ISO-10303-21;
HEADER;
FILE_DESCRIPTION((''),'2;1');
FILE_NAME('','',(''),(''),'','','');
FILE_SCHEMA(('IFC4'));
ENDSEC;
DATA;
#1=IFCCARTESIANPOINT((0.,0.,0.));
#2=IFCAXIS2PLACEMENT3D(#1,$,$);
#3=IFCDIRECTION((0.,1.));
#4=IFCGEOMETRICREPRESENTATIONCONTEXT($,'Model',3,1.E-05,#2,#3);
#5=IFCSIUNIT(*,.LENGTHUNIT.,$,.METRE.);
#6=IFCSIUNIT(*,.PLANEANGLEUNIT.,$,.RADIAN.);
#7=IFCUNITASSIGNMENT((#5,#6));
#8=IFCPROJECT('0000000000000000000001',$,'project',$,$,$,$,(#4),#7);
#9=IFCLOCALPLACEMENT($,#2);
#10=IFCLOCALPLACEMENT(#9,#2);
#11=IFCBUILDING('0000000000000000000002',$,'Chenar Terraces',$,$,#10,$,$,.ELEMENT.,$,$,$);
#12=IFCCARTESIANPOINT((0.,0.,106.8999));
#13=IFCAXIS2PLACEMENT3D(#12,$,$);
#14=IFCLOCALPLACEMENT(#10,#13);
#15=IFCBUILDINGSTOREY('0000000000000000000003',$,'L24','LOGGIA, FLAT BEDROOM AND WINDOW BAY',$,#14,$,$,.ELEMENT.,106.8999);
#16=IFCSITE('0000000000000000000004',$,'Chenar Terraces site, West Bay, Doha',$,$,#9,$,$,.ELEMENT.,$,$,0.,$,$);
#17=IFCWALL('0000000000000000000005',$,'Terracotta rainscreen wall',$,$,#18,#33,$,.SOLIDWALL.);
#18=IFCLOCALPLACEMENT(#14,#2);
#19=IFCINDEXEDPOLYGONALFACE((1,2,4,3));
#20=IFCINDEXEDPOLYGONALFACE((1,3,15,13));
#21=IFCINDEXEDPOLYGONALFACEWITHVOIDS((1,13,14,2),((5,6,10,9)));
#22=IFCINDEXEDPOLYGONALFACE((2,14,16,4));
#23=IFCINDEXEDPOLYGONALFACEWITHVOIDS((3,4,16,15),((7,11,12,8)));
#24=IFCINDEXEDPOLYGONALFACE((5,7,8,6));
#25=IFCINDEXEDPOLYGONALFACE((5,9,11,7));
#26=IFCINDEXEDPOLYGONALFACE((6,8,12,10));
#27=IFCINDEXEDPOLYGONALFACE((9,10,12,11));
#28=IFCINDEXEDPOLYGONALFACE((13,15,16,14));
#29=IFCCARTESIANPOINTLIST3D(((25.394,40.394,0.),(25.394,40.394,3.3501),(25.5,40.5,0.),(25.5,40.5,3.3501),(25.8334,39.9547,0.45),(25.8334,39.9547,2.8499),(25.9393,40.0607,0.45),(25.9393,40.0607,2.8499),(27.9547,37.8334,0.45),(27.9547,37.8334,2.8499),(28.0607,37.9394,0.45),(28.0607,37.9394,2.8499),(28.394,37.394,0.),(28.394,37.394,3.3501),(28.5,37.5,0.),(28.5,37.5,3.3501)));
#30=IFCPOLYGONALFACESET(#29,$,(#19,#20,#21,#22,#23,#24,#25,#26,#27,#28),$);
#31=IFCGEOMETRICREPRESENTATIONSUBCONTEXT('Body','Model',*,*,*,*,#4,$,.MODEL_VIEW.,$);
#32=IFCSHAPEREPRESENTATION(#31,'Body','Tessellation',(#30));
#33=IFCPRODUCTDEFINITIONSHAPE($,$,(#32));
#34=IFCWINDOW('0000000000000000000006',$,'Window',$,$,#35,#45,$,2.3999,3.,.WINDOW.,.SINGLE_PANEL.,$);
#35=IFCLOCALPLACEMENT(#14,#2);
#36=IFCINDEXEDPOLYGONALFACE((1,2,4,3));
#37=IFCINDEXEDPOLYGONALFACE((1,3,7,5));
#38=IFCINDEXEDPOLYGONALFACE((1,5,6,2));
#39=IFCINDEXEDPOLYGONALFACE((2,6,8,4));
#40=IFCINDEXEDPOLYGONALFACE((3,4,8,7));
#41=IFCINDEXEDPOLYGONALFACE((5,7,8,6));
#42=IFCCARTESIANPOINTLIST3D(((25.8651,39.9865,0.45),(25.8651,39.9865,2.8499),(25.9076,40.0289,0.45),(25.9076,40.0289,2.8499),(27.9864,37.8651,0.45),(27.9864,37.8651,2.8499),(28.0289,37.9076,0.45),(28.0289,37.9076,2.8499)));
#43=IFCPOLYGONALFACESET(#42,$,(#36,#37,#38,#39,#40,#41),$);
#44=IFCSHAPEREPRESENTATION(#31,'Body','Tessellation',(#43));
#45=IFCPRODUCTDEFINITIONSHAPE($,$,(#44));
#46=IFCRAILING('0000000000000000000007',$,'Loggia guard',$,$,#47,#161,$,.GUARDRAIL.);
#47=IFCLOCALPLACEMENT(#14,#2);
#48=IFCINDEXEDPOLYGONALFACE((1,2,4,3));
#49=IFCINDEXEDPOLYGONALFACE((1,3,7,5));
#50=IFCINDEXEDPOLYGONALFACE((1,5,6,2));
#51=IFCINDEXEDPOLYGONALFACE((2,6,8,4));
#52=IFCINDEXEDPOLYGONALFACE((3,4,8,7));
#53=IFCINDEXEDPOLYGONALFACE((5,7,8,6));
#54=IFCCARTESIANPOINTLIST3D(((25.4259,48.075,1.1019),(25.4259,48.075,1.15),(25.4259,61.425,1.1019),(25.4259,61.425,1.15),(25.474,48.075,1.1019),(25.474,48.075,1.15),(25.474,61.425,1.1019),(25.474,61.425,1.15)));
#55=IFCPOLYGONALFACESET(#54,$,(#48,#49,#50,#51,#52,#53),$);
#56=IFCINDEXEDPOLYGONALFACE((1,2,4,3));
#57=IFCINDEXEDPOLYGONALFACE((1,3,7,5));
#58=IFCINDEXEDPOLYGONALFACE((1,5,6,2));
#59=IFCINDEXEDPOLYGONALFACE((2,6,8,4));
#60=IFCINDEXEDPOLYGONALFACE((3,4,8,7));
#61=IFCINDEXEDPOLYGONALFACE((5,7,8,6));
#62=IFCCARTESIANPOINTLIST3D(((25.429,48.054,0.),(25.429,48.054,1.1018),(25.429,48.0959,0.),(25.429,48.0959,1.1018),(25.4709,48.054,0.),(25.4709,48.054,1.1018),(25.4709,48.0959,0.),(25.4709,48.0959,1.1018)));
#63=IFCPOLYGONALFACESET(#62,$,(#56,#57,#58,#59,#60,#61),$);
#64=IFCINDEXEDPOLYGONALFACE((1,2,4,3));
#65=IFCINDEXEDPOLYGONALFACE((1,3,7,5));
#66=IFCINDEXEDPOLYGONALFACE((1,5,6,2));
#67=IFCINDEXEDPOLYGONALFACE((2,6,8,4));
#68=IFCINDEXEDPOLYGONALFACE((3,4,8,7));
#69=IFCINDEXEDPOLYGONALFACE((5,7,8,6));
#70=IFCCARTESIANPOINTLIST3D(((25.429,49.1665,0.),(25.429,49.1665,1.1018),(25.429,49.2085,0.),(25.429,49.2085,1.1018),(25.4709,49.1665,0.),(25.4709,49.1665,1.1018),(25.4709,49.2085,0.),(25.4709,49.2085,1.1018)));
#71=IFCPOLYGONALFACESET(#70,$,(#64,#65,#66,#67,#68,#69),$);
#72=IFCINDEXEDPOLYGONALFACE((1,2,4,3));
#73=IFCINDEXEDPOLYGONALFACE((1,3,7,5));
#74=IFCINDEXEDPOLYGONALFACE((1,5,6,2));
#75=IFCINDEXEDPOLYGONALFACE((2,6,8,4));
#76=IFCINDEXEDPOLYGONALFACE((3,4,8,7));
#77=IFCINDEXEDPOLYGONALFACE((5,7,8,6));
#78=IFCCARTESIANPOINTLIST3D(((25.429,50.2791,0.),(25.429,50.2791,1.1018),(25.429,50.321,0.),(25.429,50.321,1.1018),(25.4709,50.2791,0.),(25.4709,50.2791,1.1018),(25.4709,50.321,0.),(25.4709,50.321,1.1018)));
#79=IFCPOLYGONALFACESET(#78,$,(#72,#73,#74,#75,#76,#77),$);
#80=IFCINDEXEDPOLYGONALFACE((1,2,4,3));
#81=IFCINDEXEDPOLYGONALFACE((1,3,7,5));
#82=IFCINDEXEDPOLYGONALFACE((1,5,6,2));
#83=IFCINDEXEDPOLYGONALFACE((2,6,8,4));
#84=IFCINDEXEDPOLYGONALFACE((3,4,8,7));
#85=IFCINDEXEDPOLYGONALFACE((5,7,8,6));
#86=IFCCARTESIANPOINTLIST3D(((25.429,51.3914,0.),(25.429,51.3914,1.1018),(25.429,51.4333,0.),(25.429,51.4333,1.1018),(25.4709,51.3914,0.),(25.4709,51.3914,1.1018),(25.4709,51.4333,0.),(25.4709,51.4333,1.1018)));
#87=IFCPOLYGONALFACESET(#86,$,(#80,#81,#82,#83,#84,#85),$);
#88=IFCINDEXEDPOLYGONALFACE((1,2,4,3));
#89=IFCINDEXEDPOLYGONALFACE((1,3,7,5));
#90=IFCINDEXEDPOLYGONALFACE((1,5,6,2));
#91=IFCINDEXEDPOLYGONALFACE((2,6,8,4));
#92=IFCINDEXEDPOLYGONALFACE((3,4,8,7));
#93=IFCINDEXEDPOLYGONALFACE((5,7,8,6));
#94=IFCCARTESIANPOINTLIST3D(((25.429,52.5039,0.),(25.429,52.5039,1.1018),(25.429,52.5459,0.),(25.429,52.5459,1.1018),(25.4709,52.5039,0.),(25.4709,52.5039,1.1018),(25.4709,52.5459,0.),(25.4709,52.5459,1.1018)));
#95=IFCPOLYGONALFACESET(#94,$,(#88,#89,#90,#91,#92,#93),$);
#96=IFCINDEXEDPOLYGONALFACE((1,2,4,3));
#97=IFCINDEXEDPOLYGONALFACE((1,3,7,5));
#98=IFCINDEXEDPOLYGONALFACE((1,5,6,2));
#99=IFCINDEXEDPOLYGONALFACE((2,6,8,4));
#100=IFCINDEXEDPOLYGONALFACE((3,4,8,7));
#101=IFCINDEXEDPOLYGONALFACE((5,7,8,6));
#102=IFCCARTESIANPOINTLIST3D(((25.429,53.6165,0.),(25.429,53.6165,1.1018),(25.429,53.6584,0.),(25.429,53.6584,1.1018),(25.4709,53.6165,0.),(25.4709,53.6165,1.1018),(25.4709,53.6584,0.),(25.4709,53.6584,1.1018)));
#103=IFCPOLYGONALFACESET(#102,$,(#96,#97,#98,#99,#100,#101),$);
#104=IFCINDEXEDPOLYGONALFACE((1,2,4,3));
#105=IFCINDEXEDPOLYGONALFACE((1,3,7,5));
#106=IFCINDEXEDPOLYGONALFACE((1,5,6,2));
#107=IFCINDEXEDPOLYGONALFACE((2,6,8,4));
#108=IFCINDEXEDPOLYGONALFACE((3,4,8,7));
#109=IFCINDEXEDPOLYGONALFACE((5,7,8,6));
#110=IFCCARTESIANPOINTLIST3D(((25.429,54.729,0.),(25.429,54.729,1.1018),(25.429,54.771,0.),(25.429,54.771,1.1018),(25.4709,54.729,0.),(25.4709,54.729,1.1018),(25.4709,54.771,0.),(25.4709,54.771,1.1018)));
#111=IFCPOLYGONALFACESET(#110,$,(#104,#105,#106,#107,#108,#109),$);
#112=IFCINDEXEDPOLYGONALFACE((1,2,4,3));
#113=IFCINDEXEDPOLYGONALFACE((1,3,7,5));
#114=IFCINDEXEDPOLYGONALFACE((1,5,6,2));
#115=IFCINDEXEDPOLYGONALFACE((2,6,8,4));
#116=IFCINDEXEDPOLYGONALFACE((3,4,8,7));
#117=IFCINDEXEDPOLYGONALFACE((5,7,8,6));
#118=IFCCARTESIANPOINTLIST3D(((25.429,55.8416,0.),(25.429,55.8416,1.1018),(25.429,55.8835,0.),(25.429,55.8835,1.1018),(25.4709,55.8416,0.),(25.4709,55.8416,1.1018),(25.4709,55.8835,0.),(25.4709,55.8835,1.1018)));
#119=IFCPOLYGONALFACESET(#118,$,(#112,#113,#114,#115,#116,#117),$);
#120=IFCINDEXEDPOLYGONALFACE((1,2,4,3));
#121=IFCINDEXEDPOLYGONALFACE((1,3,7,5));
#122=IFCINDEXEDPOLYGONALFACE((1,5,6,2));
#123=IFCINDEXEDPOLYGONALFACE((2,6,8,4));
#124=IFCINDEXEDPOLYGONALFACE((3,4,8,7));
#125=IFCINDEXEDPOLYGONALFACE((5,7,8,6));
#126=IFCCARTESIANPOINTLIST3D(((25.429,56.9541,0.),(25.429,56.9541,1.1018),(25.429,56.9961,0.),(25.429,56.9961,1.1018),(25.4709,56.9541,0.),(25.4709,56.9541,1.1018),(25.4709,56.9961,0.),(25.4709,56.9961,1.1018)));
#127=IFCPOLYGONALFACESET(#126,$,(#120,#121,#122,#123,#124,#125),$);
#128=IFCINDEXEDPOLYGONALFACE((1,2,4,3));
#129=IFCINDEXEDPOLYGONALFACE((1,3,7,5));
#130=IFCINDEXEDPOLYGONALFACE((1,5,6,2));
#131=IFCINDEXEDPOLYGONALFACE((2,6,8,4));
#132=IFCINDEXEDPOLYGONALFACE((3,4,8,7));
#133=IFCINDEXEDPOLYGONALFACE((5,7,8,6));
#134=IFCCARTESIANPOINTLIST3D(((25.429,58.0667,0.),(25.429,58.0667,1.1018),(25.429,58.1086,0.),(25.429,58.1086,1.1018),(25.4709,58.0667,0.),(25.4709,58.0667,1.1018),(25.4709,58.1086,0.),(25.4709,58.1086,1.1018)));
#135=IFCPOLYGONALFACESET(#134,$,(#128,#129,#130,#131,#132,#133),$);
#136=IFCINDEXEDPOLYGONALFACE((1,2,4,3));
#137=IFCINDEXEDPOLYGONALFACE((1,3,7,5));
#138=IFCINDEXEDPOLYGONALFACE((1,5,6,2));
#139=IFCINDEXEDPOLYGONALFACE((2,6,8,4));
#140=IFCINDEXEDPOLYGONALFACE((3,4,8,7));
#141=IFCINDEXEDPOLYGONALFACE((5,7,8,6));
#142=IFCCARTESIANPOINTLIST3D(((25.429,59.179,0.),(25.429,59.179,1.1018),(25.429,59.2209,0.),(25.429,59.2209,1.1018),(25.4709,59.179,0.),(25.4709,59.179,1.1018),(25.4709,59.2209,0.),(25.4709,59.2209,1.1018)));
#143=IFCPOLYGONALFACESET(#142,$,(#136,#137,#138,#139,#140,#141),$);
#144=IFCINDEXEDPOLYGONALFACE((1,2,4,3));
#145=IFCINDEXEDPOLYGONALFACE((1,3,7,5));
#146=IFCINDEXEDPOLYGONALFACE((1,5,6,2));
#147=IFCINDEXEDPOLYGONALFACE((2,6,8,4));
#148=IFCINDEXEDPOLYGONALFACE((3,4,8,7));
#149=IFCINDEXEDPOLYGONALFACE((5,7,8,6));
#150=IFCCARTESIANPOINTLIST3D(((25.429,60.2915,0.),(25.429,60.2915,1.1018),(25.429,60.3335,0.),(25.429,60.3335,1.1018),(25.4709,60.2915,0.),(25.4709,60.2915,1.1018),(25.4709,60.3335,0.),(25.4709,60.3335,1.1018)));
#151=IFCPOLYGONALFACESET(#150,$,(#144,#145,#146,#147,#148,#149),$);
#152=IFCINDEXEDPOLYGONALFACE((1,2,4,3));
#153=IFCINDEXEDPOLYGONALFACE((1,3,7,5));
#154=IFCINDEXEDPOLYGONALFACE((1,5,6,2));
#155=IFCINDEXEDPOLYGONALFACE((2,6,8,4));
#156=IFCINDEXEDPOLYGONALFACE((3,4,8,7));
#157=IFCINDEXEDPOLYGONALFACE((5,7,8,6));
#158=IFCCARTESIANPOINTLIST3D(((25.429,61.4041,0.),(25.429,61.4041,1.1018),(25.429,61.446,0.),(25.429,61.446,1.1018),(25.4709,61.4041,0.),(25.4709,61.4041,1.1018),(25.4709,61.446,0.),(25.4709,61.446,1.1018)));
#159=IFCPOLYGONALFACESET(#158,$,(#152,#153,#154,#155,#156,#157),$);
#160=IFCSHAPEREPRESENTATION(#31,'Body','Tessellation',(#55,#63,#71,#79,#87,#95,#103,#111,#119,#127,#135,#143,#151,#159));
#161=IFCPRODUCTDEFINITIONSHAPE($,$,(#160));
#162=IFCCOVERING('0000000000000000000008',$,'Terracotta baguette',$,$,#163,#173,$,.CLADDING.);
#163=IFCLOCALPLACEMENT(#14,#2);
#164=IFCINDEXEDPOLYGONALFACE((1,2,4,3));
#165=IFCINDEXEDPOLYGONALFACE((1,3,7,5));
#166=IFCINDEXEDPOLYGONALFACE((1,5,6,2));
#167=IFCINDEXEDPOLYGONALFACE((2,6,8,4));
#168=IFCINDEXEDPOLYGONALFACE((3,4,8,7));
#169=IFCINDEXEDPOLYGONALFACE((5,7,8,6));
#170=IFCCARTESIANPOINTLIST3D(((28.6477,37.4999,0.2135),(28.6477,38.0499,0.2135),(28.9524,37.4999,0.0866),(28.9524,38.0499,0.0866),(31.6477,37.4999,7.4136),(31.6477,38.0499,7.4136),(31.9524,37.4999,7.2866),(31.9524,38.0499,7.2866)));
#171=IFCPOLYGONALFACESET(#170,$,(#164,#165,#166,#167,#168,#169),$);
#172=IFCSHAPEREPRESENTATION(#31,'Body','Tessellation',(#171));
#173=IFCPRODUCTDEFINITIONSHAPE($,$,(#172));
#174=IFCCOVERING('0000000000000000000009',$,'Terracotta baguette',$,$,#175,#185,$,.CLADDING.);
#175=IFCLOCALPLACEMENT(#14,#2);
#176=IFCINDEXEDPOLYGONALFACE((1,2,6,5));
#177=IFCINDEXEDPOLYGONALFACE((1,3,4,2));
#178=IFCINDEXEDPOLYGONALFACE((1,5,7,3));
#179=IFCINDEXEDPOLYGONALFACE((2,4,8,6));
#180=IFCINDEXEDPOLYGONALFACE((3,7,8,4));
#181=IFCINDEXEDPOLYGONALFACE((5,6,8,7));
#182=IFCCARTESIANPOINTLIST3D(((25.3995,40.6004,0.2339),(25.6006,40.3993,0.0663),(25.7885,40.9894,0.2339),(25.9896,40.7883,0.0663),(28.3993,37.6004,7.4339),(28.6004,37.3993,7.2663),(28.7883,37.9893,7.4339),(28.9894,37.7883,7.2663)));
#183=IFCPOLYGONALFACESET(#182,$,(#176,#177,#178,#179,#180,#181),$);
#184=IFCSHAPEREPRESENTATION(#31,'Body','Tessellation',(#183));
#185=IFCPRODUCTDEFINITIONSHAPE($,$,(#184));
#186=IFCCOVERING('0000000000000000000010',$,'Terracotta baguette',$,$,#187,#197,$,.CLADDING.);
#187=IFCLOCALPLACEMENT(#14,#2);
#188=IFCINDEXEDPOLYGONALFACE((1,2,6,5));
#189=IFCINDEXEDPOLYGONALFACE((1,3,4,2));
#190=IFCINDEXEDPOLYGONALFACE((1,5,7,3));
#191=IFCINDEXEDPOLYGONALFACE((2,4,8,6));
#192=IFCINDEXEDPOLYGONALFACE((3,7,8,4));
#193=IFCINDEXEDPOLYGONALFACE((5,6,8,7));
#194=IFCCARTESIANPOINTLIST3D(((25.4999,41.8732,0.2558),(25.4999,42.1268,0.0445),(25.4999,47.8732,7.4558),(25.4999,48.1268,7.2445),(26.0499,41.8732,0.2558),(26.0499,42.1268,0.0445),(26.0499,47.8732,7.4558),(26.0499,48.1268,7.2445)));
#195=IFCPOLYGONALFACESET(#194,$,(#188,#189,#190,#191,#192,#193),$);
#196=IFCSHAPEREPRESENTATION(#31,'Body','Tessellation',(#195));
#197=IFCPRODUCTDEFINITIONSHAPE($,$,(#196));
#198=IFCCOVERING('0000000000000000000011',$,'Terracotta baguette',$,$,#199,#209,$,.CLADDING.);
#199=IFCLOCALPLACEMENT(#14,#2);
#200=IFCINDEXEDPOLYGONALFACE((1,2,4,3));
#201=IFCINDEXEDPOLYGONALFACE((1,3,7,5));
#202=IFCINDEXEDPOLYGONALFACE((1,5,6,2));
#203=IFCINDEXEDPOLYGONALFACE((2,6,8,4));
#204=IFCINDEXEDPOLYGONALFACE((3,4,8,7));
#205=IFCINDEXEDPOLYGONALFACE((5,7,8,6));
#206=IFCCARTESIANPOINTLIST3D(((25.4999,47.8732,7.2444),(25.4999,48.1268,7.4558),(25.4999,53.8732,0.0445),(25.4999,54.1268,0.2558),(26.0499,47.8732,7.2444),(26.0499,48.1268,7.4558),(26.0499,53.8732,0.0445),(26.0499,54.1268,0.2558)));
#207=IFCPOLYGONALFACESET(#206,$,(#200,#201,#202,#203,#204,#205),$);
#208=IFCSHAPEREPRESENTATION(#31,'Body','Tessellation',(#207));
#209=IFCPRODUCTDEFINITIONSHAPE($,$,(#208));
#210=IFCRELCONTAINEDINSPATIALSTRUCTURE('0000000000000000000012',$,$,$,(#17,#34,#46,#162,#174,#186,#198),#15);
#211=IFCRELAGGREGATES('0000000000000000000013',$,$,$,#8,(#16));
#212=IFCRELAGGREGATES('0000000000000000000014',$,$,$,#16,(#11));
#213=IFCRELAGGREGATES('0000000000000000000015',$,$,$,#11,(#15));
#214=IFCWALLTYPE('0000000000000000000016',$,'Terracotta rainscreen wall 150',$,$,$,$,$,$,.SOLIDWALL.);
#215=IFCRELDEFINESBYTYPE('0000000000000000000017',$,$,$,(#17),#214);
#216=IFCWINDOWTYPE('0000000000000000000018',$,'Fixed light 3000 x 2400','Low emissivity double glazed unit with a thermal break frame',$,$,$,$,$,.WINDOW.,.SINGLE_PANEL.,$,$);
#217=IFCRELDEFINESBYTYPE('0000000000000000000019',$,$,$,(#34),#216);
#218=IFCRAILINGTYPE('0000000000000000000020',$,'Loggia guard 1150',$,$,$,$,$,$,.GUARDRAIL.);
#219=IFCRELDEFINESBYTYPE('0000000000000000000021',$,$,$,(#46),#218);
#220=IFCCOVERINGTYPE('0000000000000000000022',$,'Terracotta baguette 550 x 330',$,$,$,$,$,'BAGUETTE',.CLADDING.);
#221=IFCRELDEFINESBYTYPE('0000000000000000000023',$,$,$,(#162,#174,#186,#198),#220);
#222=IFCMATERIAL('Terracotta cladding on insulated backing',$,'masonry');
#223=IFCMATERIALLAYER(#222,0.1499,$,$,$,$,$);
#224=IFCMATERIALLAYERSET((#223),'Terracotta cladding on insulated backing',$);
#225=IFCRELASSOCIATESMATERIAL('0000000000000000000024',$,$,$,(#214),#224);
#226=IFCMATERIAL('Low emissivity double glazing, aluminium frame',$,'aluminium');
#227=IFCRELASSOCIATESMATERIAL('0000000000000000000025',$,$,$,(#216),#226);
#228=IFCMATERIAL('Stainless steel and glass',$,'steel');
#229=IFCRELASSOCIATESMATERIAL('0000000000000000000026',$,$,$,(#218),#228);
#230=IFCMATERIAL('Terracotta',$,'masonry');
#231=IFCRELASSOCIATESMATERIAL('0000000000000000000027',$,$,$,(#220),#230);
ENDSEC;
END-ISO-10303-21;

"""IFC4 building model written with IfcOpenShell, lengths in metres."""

from ifc_helpers import new_model, si_unit, direction, frame, frame_2d, origin, origin_2d, place, context, subcontext, project, spatial, rectangle, extrude, material, layer, layer_set, material_profile, profile_set, type_object, element, fill, save


model = new_model("IFC4")

# Units and contexts
model_context = context("Model", 3, precision=1e-05, world=origin(), true_north=direction((0.0, 1.0)))
body_context = subcontext(model_context, "Body", "Model", "MODEL_VIEW")
ifc_project = project(units=[si_unit("LENGTHUNIT", "METRE"), si_unit("PLANEANGLEUNIT", "RADIAN")], contexts=[model_context])

# Site, building, storey
site_placement = place(None, origin())
site = spatial("IfcSite", under=ifc_project, at=site_placement, Name="Chenar Terraces site, West Bay, Doha", CompositionType="ELEMENT", RefElevation=0.0)
building_placement = place(site_placement, origin())
building = spatial("IfcBuilding", under=site, at=building_placement, Name="Chenar Terraces", CompositionType="ELEMENT")
storey_placement = place(building_placement, frame((0.0, 0.0, 106.8999)))
storey = spatial("IfcBuildingStorey", under=building, at=storey_placement, Name="L24", Description="LOGGIA, FLAT BEDROOM AND WINDOW BAY", CompositionType="ELEMENT", Elevation=106.8999)

# Wall, opening, window
ifc_material_1 = material(Name="Terracotta cladding on insulated backing", Category="masonry")
ifc_layer_1 = layer(ifc_material_1, 0.1499)
ifc_layer_set_1 = layer_set([ifc_layer_1], Name="Terracotta cladding on insulated backing")
wall_type_1 = type_object("IfcWallType", Name="Terracotta rainscreen wall 150", PredefinedType="SOLIDWALL", material=ifc_layer_set_1)
wall_placement = place(storey_placement, frame((28.447, 37.447, 0.0), z_axis=(0.0, 0.0, 1.0), x_axis=(-0.707107, 0.707107, 0.0)))
wall = element("IfcWall", 1, at=wall_placement, inside=storey, type_object=wall_type_1, Name="Terracotta rainscreen wall", PredefinedType="SOLIDWALL", context=body_context, shape_type="SweptSolid", body=[
    extrude(rectangle(XDim=4.2427, YDim=0.1499, at=frame_2d((2.1213, 0.0))), origin(), (0.0, 0.0, 1.0), 3.3501),
])
opening_placement = place(wall_placement, frame((0.6213, 0.0, 0.45)))
opening = element("IfcOpeningElement", 2, at=opening_placement, cuts=wall, PredefinedType="OPENING", context=body_context, shape_type="SweptSolid", body=[
    extrude(rectangle(XDim=3.0, YDim=2.3999, at=frame_2d((1.5, 1.2))), frame((0.0, 0.085, 0.0), z_axis=(0.0, -1.0, 0.0), x_axis=(1.0, 0.0, 0.0)), (0.0, 0.0, 1.0), 0.1699),
])
ifc_material_2 = material(Name="Low emissivity double glazing, aluminium frame", Category="aluminium")
window_type = type_object("IfcWindowType", Name="Fixed light 3000 x 2400", Description="Low emissivity double glazed unit with a thermal break frame", PartitioningType="SINGLE_PANEL", PredefinedType="WINDOW", material=ifc_material_2)
window_placement = place(opening_placement, origin())
window = element("IfcWindow", 3, at=window_placement, inside=storey, type_object=window_type, Name="Window", OverallHeight=2.3999, OverallWidth=3.0, PartitioningType="SINGLE_PANEL", PredefinedType="WINDOW", context=body_context, shape_type="SweptSolid", body=[
    extrude(rectangle(XDim=3.0, YDim=2.3999, at=frame_2d((1.5, 1.2))), frame((0.0, 0.03, 0.0), z_axis=(0.0, -1.0, 0.0), x_axis=(1.0, 0.0, 0.0)), (0.0, 0.0, 1.0), 0.0601),
])
fill(opening, window)

# Railing
ifc_material_3 = material(Name="Stainless steel and glass", Category="steel")
railing_type = type_object("IfcRailingType", Name="Loggia guard 1150", PredefinedType="GUARDRAIL", material=ifc_material_3)
railing_placement = place(storey_placement, frame((25.45, 48.075, 0.0)))
element("IfcRailing", 4, at=railing_placement, inside=storey, type_object=railing_type, Name="Loggia guard", PredefinedType="GUARDRAIL", context=body_context, shape_type="SweptSolid", body=[
    extrude(rectangle(XDim=0.0481, YDim=0.0481, at=origin_2d()), frame((0.0, 0.0, 1.126), z_axis=(0.0, 1.0, 0.0), x_axis=(-1.0, 0.0, 0.0)), (0.0, 0.0, 1.0), 13.3501),
    extrude(rectangle(XDim=0.042, YDim=0.042, at=origin_2d()), origin(), (0.0, 0.0, 1.0), 1.1018),
    extrude(rectangle(XDim=0.042, YDim=0.042, at=origin_2d()), frame((0.0, 1.1125, 0.0)), (0.0, 0.0, 1.0), 1.1018),
    extrude(rectangle(XDim=0.042, YDim=0.042, at=origin_2d()), frame((0.0, 2.2251, 0.0)), (0.0, 0.0, 1.0), 1.1018),
    extrude(rectangle(XDim=0.042, YDim=0.042, at=origin_2d()), frame((0.0, 3.3374, 0.0)), (0.0, 0.0, 1.0), 1.1018),
    extrude(rectangle(XDim=0.042, YDim=0.042, at=origin_2d()), frame((0.0, 4.45, 0.0)), (0.0, 0.0, 1.0), 1.1018),
    extrude(rectangle(XDim=0.042, YDim=0.042, at=origin_2d()), frame((0.0, 5.5625, 0.0)), (0.0, 0.0, 1.0), 1.1018),
    extrude(rectangle(XDim=0.042, YDim=0.042, at=origin_2d()), frame((0.0, 6.675, 0.0)), (0.0, 0.0, 1.0), 1.1018),
    extrude(rectangle(XDim=0.042, YDim=0.042, at=origin_2d()), frame((0.0, 7.7876, 0.0)), (0.0, 0.0, 1.0), 1.1018),
    extrude(rectangle(XDim=0.042, YDim=0.042, at=origin_2d()), frame((0.0, 8.9001, 0.0)), (0.0, 0.0, 1.0), 1.1018),
    extrude(rectangle(XDim=0.042, YDim=0.042, at=origin_2d()), frame((0.0, 10.0127, 0.0)), (0.0, 0.0, 1.0), 1.1018),
    extrude(rectangle(XDim=0.042, YDim=0.042, at=origin_2d()), frame((0.0, 11.125, 0.0)), (0.0, 0.0, 1.0), 1.1018),
    extrude(rectangle(XDim=0.042, YDim=0.042, at=origin_2d()), frame((0.0, 12.2375, 0.0)), (0.0, 0.0, 1.0), 1.1018),
    extrude(rectangle(XDim=0.042, YDim=0.042, at=origin_2d()), frame((0.0, 13.3501, 0.0)), (0.0, 0.0, 1.0), 1.1018),
])

# Coverings
ifc_material_4 = material(Name="Terracotta", Category="masonry")
ifc_material_profile_1 = material_profile(ifc_material_4, rectangle(XDim=0.55, YDim=0.3301, at=origin_2d()), Name="Terracotta baguette 550 x 330")
ifc_profile_set_1 = profile_set([ifc_material_profile_1], Name="Terracotta")
covering_type = type_object("IfcCoveringType", Name="Terracotta baguette 550 x 330", ElementType="BAGUETTE", PredefinedType="CLADDING", material=ifc_profile_set_1)
covering_1_placement = place(storey_placement, frame((31.8, 37.7749, 7.3501), z_axis=(-0.384618, 0.0, -0.923076), x_axis=(0.0, -1.0, 0.0)))
element("IfcCovering", 5, at=covering_1_placement, inside=storey, type_object=covering_type, Name="Terracotta baguette", PredefinedType="CLADDING", context=body_context, shape_type="SweptSolid", body=[
    extrude(rectangle(XDim=0.55, YDim=0.3301, at=origin_2d()), origin(), (0.0, 0.0, 1.0), 7.8),
])
covering_2_placement = place(storey_placement, frame((28.6943, 37.6943, 7.3501), z_axis=(-0.358955, 0.358985, -0.861557), x_axis=(-0.707136, -0.707078, 0.0)))
element("IfcCovering", 6, at=covering_2_placement, inside=storey, type_object=covering_type, Name="Terracotta baguette", PredefinedType="CLADDING", context=body_context, shape_type="SweptSolid", body=[
    extrude(rectangle(XDim=0.55, YDim=0.3301, at=origin_2d()), origin(), (0.0, 0.0, 1.0), 8.3569),
])
for number, where, z_axis, x_axis, name in (
    (7, (25.7749, 42.0, 0.1501), (0.0, 0.640187, 0.768219), (-1.0, 0.0, 0.0), "Terracotta baguette"),
    (8, (25.7749, 48.0, 7.3501), (0.0, 0.640187, -0.768219), (-1.0, 0.0, 0.0), "Terracotta baguette"),
):
    element("IfcCovering", number, at=place(storey_placement, frame(where, z_axis=z_axis, x_axis=x_axis)), inside=storey, type_object=covering_type, Name=name, PredefinedType="CLADDING", context=body_context, shape_type="SweptSolid", body=[
        extrude(rectangle(XDim=0.55, YDim=0.3301, at=origin_2d()), origin(), (0.0, 0.0, 1.0), 9.3723),
    ])

save(model, "model.ifc")
